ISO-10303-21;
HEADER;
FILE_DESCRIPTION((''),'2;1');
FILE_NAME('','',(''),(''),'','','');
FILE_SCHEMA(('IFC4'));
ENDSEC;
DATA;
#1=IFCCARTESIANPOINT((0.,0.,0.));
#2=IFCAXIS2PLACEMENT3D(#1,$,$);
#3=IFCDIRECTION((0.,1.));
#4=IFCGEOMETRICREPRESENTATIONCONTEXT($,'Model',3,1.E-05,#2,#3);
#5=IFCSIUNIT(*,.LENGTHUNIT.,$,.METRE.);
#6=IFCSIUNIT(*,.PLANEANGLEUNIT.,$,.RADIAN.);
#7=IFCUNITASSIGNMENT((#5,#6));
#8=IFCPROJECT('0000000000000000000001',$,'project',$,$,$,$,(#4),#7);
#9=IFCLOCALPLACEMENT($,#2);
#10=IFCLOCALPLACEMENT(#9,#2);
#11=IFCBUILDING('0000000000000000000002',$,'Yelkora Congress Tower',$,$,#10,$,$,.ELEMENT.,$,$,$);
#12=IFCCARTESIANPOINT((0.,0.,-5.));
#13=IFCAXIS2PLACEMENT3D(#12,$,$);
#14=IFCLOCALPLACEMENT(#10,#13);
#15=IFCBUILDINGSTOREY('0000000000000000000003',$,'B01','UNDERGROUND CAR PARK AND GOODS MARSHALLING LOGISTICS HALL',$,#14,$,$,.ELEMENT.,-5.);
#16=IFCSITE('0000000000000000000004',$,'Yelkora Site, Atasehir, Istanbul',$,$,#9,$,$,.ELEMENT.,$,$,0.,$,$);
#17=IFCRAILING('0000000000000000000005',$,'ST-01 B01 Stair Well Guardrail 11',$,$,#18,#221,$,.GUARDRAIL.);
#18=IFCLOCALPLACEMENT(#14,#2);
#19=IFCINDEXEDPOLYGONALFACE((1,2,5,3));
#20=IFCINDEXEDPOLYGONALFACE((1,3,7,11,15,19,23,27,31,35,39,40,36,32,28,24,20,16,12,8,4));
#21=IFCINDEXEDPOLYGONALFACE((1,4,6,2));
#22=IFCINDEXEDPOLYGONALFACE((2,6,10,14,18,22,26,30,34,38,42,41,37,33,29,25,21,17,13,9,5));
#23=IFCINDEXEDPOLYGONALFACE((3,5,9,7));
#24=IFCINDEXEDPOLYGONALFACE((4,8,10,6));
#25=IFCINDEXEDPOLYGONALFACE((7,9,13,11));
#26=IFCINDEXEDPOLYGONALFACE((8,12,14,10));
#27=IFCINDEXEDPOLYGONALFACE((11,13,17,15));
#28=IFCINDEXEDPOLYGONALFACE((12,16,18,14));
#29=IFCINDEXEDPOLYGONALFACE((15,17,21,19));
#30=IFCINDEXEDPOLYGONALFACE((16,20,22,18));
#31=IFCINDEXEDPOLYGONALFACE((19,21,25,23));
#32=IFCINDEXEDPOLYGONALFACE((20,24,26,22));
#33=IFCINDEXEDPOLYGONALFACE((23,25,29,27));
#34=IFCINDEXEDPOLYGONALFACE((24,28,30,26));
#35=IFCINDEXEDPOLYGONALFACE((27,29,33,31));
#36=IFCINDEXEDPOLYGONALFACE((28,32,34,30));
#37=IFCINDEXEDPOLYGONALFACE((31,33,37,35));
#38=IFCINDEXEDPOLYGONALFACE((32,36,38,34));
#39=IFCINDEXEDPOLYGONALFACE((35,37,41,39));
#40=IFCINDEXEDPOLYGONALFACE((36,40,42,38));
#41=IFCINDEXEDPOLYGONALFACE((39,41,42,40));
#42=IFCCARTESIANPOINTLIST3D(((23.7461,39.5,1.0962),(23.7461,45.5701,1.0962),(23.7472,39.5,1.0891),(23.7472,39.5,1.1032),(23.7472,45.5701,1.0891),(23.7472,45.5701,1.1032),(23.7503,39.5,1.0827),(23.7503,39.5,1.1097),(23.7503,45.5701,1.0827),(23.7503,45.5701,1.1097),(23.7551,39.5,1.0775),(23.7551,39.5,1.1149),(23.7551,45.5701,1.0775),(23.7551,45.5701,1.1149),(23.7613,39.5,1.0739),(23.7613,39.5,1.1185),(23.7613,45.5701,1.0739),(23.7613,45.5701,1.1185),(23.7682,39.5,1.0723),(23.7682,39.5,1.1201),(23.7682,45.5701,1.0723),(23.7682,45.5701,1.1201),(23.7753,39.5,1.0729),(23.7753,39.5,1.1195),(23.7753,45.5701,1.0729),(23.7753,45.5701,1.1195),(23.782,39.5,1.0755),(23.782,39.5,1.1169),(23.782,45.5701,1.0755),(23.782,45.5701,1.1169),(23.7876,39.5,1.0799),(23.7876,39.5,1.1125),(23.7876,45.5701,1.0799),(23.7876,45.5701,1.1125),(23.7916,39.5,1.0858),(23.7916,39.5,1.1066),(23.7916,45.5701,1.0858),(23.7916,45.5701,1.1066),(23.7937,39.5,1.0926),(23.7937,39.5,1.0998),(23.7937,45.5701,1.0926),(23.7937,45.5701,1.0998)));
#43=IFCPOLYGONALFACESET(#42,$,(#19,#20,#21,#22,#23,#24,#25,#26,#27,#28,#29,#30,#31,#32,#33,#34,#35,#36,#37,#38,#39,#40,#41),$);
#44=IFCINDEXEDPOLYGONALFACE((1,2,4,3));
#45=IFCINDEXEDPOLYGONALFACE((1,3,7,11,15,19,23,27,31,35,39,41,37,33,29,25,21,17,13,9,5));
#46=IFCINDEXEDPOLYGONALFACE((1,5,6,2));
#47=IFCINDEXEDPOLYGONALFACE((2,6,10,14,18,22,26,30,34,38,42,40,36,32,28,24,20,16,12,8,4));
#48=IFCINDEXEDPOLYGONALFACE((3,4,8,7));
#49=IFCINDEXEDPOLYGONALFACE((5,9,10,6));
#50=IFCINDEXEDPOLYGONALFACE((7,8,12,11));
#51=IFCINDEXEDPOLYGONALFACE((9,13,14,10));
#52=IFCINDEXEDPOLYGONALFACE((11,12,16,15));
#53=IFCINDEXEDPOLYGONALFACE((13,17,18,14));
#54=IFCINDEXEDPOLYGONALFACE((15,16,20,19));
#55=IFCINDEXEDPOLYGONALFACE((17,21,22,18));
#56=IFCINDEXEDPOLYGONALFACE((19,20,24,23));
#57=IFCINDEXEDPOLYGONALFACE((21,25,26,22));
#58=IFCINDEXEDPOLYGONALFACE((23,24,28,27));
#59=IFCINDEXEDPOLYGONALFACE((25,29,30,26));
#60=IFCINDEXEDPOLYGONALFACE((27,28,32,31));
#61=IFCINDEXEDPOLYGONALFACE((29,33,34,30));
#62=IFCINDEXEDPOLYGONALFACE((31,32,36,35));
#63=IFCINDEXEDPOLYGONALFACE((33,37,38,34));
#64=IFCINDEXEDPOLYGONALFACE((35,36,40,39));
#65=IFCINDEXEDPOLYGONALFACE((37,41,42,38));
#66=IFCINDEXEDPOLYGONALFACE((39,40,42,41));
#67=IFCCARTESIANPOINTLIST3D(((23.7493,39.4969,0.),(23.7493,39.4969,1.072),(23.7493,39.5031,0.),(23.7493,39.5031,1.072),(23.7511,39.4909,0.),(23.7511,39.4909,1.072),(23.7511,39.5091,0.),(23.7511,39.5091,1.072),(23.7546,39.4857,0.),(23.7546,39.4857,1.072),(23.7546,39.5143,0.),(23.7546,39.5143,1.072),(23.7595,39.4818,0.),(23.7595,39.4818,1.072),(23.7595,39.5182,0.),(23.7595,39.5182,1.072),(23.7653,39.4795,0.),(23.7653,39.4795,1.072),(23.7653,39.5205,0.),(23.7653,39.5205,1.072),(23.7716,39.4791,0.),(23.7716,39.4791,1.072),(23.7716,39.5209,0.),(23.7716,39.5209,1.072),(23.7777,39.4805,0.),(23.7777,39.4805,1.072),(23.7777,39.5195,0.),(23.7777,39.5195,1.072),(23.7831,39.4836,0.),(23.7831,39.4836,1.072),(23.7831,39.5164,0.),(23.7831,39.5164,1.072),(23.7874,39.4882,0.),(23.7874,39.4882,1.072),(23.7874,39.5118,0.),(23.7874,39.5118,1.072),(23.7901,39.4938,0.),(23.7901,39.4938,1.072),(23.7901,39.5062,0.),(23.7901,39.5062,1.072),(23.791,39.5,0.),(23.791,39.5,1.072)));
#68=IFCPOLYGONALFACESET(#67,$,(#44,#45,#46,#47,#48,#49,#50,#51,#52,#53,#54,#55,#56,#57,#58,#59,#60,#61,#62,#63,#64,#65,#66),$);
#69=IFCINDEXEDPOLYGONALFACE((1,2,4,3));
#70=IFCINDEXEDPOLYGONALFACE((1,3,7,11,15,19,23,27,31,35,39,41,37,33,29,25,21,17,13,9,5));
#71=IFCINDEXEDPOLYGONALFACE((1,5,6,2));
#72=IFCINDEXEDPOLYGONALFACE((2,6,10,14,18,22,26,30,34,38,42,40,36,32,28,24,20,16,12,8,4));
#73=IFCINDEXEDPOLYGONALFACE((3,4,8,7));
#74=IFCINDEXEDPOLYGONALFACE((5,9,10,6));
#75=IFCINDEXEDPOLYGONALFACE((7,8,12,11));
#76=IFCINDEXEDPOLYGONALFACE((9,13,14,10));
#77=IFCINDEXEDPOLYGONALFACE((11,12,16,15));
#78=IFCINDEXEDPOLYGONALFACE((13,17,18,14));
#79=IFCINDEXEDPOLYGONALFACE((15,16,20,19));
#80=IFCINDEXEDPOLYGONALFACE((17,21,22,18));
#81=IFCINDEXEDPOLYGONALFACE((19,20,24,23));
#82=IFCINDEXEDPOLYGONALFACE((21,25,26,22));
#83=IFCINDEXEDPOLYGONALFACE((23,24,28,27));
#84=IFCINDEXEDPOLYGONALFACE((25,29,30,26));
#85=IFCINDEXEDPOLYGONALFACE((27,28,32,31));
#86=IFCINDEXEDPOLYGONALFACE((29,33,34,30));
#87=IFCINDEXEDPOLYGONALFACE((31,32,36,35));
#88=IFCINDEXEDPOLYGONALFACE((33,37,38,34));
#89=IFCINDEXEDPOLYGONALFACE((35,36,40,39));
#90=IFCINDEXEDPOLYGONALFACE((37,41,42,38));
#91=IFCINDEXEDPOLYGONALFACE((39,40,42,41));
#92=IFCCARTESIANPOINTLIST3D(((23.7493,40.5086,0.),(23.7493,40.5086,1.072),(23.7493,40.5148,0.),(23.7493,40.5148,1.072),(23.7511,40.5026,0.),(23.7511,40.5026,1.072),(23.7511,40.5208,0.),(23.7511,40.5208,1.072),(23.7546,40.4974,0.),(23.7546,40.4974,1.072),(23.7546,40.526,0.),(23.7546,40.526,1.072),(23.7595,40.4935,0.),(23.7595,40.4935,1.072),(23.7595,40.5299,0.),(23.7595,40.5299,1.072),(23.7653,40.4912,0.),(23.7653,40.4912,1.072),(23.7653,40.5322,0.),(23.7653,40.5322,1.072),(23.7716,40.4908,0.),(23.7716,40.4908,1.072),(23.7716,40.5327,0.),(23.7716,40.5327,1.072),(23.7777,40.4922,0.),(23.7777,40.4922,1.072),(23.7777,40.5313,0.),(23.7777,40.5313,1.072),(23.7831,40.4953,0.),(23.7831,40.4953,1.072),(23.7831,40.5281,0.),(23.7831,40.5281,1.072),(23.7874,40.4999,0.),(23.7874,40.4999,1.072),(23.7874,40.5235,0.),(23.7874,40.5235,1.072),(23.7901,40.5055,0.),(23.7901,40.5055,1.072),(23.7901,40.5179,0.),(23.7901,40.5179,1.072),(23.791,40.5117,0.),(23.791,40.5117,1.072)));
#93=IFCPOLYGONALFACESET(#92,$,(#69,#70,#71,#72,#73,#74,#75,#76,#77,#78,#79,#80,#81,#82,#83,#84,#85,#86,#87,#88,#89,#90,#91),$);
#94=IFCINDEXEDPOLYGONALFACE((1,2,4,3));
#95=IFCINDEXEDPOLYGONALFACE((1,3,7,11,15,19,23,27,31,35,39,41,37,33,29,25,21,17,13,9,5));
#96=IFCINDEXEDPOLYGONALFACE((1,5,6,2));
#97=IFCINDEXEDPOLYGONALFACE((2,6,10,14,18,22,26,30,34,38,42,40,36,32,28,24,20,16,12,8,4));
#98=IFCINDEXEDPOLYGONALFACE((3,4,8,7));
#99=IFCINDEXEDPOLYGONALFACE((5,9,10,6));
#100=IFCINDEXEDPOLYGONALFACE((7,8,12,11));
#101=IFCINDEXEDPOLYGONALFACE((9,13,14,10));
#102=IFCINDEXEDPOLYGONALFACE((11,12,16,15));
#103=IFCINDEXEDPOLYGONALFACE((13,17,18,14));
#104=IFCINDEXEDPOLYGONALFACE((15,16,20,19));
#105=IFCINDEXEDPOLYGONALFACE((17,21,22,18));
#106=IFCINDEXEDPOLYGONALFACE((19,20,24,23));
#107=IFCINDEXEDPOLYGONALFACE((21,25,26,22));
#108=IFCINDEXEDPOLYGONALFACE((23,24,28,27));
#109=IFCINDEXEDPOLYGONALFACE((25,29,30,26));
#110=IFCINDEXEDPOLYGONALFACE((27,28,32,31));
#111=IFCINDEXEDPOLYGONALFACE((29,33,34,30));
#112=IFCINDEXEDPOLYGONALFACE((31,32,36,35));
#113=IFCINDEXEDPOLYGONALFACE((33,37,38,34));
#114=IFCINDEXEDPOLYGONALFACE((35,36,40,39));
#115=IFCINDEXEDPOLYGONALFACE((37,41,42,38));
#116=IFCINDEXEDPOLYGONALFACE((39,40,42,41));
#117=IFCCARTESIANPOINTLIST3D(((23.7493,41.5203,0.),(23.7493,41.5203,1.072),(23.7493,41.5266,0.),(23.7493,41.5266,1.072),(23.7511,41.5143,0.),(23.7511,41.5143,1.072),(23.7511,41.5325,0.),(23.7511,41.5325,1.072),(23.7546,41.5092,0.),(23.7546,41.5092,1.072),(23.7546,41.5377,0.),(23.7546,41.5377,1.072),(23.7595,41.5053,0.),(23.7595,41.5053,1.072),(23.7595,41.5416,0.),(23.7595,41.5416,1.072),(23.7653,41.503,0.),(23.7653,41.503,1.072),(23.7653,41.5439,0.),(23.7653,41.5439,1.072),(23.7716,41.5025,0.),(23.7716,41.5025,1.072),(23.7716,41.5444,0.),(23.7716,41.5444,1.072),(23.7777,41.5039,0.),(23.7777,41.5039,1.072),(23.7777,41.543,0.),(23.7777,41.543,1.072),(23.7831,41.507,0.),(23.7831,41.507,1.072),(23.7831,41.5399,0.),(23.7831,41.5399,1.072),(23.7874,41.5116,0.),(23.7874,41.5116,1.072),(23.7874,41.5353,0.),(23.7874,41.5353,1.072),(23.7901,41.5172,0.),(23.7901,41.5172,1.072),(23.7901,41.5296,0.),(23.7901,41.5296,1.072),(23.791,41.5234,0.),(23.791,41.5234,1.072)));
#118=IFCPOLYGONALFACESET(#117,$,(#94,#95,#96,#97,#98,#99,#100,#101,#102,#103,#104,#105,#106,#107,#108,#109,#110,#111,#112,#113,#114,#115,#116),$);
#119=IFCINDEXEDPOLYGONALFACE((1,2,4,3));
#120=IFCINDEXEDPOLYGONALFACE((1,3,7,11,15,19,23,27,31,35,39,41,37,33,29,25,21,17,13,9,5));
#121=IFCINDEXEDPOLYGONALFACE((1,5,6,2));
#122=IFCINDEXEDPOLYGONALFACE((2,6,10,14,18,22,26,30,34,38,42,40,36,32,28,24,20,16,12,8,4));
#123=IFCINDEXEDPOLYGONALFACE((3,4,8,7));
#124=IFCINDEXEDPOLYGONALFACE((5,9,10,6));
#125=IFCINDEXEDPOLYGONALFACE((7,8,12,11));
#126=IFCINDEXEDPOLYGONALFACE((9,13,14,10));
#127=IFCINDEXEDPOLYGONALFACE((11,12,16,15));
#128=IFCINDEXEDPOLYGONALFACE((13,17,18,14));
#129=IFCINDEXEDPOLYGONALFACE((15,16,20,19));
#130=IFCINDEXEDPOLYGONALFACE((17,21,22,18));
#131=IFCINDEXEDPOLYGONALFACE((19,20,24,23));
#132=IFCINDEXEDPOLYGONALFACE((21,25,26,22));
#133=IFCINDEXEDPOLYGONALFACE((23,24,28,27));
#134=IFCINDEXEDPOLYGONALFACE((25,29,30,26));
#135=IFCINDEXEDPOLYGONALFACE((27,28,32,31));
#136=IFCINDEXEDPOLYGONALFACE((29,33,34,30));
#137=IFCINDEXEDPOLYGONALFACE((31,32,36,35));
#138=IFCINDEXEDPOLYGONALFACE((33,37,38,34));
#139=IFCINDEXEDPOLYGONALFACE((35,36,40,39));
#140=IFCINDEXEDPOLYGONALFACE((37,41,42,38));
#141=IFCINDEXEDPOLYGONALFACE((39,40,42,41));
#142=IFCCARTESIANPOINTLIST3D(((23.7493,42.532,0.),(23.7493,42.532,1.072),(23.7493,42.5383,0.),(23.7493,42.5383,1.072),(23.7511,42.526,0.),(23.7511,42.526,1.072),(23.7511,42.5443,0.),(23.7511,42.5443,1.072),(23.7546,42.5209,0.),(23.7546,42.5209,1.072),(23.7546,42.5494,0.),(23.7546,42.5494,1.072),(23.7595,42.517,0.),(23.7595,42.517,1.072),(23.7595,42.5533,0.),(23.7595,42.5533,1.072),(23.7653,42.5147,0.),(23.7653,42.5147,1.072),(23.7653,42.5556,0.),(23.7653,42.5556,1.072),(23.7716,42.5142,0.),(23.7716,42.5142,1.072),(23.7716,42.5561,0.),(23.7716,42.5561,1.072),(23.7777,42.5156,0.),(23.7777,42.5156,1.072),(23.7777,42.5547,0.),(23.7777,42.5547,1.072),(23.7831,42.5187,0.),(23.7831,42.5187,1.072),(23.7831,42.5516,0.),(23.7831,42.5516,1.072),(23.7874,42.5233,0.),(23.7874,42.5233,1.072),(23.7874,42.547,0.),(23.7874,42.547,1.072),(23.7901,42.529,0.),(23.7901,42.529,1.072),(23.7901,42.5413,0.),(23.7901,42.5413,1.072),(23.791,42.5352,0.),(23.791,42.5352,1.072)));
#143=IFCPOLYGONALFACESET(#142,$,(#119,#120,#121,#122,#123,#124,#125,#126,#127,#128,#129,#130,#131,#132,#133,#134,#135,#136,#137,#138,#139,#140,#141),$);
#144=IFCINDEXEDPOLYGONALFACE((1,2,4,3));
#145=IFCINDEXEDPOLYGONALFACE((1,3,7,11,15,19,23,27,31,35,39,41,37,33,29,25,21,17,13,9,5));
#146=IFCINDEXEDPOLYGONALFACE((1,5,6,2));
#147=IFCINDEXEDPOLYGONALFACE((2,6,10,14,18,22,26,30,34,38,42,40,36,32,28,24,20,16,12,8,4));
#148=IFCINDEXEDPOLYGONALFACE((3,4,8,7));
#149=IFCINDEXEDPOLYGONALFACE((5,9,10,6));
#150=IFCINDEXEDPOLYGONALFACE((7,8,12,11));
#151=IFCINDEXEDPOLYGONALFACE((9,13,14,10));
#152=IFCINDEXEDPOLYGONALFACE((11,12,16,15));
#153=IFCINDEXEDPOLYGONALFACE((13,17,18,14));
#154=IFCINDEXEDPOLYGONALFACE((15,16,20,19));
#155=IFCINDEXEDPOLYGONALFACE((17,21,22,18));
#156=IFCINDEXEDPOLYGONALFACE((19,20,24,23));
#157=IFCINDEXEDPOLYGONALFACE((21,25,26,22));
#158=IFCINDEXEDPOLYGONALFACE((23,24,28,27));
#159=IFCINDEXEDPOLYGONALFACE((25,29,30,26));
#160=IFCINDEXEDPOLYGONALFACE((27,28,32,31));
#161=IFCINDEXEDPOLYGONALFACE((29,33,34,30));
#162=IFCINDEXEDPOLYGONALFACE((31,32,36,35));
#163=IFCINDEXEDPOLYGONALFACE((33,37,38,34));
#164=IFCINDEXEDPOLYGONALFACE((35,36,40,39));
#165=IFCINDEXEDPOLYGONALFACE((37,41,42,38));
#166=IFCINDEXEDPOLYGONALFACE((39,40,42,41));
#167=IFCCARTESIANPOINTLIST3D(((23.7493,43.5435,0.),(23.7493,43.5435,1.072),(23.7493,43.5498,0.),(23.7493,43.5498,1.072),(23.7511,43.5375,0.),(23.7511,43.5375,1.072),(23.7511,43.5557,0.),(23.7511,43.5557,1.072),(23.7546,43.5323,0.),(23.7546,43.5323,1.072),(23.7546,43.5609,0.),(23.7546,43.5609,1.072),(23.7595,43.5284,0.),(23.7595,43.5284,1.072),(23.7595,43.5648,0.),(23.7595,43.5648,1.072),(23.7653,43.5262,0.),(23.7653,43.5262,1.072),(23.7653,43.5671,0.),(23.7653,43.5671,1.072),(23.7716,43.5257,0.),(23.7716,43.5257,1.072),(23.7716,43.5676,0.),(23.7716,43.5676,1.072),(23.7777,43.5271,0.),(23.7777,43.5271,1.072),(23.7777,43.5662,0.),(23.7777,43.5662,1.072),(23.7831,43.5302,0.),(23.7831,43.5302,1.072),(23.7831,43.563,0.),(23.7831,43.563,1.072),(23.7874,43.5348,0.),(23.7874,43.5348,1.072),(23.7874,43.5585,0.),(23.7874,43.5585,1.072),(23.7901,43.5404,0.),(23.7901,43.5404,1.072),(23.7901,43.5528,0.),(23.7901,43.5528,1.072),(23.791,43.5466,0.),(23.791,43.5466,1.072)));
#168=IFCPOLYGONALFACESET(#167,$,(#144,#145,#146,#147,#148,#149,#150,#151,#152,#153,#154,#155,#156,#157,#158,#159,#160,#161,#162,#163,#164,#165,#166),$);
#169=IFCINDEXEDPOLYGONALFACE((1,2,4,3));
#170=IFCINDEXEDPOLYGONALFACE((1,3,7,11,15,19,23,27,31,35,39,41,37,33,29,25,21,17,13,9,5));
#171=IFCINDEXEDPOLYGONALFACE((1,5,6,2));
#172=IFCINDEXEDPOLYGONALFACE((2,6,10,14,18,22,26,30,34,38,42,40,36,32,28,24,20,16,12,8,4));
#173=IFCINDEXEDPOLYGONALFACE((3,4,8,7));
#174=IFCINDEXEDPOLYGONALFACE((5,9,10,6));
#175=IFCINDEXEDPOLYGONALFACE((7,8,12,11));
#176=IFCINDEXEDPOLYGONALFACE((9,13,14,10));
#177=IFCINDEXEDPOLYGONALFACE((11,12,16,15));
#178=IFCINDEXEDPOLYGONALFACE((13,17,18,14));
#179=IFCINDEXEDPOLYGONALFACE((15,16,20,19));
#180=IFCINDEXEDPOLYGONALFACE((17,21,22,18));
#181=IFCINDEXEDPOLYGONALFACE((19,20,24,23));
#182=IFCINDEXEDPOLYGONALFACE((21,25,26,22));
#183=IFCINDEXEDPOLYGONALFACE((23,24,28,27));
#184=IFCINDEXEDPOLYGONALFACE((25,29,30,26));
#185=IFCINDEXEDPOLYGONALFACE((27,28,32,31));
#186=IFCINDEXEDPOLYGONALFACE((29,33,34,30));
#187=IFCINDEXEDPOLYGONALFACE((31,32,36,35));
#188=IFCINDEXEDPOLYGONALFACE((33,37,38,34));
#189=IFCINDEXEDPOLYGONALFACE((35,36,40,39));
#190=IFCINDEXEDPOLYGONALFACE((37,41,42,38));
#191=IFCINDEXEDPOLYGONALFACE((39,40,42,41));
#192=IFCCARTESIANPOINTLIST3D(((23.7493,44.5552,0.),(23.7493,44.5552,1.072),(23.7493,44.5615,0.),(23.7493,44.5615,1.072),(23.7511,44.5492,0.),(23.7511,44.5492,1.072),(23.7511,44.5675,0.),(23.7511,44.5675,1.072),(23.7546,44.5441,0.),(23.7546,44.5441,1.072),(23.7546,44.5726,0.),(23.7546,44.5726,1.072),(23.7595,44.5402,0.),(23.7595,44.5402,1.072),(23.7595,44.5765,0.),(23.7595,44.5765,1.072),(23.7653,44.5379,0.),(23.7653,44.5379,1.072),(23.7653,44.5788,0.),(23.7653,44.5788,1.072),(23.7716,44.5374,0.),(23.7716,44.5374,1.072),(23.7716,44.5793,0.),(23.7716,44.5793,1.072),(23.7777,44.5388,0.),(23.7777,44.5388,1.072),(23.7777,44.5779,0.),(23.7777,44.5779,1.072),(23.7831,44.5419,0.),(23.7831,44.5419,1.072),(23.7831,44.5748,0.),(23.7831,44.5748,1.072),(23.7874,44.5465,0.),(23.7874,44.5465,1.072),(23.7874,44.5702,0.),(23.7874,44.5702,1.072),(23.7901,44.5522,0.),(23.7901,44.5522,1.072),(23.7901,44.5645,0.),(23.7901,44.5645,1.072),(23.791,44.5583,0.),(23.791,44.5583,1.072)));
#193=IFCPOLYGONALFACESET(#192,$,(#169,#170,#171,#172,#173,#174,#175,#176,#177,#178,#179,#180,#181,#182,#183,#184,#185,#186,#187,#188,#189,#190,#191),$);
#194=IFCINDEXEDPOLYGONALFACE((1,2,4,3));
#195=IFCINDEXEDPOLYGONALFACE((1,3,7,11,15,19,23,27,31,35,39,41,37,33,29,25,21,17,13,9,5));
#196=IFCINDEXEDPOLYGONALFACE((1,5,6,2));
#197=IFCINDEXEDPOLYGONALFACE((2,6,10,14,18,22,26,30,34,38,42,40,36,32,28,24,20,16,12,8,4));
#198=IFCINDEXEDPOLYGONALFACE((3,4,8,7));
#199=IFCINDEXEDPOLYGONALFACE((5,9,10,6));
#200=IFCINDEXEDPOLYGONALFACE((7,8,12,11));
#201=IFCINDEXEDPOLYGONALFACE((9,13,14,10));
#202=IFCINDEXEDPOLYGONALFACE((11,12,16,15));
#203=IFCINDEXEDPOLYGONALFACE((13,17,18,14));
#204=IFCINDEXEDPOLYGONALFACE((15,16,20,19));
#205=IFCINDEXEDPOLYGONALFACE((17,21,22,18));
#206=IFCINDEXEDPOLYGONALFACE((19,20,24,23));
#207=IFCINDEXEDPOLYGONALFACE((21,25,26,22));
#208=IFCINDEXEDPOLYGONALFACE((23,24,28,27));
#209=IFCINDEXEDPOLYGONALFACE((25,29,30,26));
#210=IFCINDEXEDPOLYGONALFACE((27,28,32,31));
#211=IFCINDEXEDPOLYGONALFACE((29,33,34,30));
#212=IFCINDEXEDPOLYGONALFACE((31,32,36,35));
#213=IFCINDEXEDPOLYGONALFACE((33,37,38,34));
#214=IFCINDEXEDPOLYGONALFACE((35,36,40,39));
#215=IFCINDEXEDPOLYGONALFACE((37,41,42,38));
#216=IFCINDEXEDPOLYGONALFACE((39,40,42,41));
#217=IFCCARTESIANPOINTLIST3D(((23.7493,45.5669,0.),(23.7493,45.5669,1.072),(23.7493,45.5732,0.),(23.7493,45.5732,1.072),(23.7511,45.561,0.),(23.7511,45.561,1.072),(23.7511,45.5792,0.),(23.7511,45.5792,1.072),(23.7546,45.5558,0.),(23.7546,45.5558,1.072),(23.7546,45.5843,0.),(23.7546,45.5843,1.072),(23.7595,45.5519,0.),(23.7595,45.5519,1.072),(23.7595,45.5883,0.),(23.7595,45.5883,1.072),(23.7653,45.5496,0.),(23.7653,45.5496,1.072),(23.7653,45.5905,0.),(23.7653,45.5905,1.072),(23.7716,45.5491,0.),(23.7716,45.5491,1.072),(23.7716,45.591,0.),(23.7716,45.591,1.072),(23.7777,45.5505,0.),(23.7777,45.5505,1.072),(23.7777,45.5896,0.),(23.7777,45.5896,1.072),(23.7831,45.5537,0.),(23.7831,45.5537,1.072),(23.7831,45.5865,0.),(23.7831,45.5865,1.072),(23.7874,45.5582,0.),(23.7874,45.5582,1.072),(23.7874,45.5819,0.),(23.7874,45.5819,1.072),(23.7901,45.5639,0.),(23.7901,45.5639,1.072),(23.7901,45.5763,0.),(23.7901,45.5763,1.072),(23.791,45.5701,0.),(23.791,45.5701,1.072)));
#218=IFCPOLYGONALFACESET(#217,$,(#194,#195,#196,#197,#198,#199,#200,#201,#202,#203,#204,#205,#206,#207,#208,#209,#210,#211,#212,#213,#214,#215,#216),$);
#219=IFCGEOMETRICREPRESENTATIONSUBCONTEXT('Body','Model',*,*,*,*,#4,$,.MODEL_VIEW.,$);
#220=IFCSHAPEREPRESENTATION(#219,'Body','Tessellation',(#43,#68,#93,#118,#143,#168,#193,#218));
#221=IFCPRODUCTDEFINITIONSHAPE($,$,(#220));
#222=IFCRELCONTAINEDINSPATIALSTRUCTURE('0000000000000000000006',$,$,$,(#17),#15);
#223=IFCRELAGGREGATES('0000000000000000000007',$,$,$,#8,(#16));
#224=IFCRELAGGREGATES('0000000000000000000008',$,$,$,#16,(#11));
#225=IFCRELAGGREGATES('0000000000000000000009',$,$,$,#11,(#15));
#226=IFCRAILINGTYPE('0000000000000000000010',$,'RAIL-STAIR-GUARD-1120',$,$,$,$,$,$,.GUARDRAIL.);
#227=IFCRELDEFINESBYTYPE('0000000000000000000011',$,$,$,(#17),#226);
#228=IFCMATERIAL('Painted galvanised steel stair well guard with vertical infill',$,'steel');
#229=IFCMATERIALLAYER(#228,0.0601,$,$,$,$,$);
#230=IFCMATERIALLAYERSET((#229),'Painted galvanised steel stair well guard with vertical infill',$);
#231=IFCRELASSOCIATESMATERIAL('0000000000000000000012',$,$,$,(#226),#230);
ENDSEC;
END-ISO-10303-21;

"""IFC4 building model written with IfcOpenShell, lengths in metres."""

from ifc_helpers import new_model, si_unit, direction, frame, origin, origin_2d, place, context, subcontext, project, spatial, circle, extrude, material, layer, layer_set, type_object, element, save


model = new_model("IFC4")

# Units and contexts
model_context = context("Model", 3, precision=1e-05, world=origin(), true_north=direction((0.0, 1.0)))
body_context = subcontext(model_context, "Body", "Model", "MODEL_VIEW")
ifc_project = project(units=[si_unit("LENGTHUNIT", "METRE"), si_unit("PLANEANGLEUNIT", "RADIAN")], contexts=[model_context])

# Site, building, storey
site_placement = place(None, origin())
site = spatial("IfcSite", under=ifc_project, at=site_placement, Name="Yelkora Site, Atasehir, Istanbul", CompositionType="ELEMENT", RefElevation=0.0)
building_placement = place(site_placement, origin())
building = spatial("IfcBuilding", under=site, at=building_placement, Name="Yelkora Congress Tower", CompositionType="ELEMENT")
storey_placement = place(building_placement, frame((0.0, 0.0, -5.0)))
storey = spatial("IfcBuildingStorey", under=building, at=storey_placement, Name="B01", Description="UNDERGROUND CAR PARK AND GOODS MARSHALLING LOGISTICS HALL", CompositionType="ELEMENT", Elevation=-5.0)

# Railing
ifc_material_1 = material(Name="Painted galvanised steel stair well guard with vertical infill", Category="steel")
ifc_layer_1 = layer(ifc_material_1, 0.0601)
ifc_layer_set_1 = layer_set([ifc_layer_1], Name="Painted galvanised steel stair well guard with vertical infill")
railing_type = type_object("IfcRailingType", Name="RAIL-STAIR-GUARD-1120", PredefinedType="GUARDRAIL", material=ifc_layer_set_1)
railing_1_placement = place(storey_placement, frame((23.77, 39.5, 0.0)))
element("IfcRailing", 1, at=railing_1_placement, inside=storey, type_object=railing_type, Name="ST-01 B01 Stair Well Guardrail 11", PredefinedType="GUARDRAIL", context=body_context, shape_type="SweptSolid", body=[
    extrude(circle(Radius=0.0239, at=origin_2d()), frame((0.0, 0.0, 1.0962), z_axis=(0.0, 1.0, 0.0), x_axis=(-1.0, 0.0, 0.0)), (0.0, 0.0, 1.0), 6.0701),
    extrude(circle(Radius=0.021, at=origin_2d()), origin(), (0.0, 0.0, 1.0), 1.072),
    extrude(circle(Radius=0.021, at=origin_2d()), frame((0.0, 1.0117, 0.0)), (0.0, 0.0, 1.0), 1.072),
    extrude(circle(Radius=0.021, at=origin_2d()), frame((0.0, 2.0234, 0.0)), (0.0, 0.0, 1.0), 1.072),
    extrude(circle(Radius=0.021, at=origin_2d()), frame((0.0, 3.0352, 0.0)), (0.0, 0.0, 1.0), 1.072),
    extrude(circle(Radius=0.021, at=origin_2d()), frame((0.0, 4.0466, 0.0)), (0.0, 0.0, 1.0), 1.072),
    extrude(circle(Radius=0.021, at=origin_2d()), frame((0.0, 5.0583, 0.0)), (0.0, 0.0, 1.0), 1.072),
    extrude(circle(Radius=0.021, at=origin_2d()), frame((0.0, 6.0701, 0.0)), (0.0, 0.0, 1.0), 1.072),
])

save(model, "model.ifc")
